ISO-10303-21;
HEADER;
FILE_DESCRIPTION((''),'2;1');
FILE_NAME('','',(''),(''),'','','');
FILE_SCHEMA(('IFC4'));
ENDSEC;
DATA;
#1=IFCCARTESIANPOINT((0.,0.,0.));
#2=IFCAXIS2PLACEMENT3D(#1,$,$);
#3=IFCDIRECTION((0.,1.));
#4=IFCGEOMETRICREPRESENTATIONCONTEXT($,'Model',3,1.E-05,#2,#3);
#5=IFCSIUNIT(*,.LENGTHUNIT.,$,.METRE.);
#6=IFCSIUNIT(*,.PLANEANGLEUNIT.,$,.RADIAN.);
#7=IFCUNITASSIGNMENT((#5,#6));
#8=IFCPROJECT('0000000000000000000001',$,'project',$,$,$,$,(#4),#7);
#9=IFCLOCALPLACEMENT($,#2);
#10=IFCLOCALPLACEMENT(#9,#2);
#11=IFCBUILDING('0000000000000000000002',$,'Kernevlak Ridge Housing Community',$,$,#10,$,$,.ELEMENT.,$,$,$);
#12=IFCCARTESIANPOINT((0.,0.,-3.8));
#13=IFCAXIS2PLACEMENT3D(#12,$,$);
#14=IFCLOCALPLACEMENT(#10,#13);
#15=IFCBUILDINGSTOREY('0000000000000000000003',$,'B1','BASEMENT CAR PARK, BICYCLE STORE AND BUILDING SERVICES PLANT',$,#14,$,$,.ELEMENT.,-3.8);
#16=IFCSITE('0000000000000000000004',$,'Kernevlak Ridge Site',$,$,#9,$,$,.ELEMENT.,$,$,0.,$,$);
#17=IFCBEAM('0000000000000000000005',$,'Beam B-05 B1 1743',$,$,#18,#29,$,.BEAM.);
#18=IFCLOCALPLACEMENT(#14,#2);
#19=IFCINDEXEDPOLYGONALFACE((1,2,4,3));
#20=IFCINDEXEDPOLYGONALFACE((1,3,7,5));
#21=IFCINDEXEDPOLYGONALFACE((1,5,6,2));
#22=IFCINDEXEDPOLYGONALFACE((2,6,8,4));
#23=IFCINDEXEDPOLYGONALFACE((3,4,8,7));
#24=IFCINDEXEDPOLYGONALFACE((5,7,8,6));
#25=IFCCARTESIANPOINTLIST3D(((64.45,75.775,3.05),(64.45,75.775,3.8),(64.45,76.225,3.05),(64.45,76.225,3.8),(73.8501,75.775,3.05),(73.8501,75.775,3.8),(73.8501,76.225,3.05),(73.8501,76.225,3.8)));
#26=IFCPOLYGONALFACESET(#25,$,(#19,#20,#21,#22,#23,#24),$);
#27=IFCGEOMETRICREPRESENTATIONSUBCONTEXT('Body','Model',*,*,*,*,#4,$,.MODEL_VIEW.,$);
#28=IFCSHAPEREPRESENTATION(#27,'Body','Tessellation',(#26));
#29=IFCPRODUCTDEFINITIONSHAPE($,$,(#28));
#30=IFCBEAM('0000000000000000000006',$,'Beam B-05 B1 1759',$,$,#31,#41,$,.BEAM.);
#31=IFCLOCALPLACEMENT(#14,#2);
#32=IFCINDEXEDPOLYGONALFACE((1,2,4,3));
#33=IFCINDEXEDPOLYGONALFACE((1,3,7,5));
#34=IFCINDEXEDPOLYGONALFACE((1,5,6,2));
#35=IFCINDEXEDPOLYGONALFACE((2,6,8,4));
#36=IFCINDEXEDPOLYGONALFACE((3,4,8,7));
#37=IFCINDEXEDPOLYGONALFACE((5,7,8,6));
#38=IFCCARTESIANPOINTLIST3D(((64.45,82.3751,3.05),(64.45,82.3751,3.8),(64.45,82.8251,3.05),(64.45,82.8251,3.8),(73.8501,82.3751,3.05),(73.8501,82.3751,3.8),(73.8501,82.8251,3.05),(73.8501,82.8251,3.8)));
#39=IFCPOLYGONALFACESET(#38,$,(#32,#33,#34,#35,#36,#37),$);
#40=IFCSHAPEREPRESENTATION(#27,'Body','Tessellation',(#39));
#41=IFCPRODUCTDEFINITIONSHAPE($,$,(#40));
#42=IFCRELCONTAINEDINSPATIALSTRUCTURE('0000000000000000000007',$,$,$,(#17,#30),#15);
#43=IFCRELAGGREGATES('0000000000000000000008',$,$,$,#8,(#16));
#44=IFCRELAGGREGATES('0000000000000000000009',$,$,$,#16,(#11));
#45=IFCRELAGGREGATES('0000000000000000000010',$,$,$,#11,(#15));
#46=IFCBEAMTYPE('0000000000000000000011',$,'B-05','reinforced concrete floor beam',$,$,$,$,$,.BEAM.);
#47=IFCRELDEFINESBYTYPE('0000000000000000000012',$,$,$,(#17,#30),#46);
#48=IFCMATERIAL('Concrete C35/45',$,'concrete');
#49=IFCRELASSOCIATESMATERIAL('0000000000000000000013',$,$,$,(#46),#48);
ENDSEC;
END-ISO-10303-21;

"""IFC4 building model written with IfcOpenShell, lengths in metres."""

from ifc_helpers import new_model, si_unit, direction, frame, origin, origin_2d, place, context, subcontext, project, spatial, rectangle, extrude, material, material_profile, profile_set, type_object, element, save


model = new_model("IFC4")

# Units and contexts
model_context = context("Model", 3, precision=1e-05, world=origin(), true_north=direction((0.0, 1.0)))
body_context = subcontext(model_context, "Body", "Model", "MODEL_VIEW")
ifc_project = project(units=[si_unit("LENGTHUNIT", "METRE"), si_unit("PLANEANGLEUNIT", "RADIAN")], contexts=[model_context])

# Site, building, storey
site_placement = place(None, origin())
site = spatial("IfcSite", under=ifc_project, at=site_placement, Name="Kernevlak Ridge Site", CompositionType="ELEMENT", RefElevation=0.0)
building_placement = place(site_placement, origin())
building = spatial("IfcBuilding", under=site, at=building_placement, Name="Kernevlak Ridge Housing Community", CompositionType="ELEMENT")
storey_placement = place(building_placement, frame((0.0, 0.0, -3.8)))
storey = spatial("IfcBuildingStorey", under=building, at=storey_placement, Name="B1", Description="BASEMENT CAR PARK, BICYCLE STORE AND BUILDING SERVICES PLANT", CompositionType="ELEMENT", Elevation=-3.8)

# Shared definitions
ifc_material_1 = material(Name="Concrete C35/45", Category="concrete")

# Beams
ifc_material_profile_1 = material_profile(ifc_material_1, rectangle(XDim=0.45, YDim=0.75, at=origin_2d()), Name="RC 450x750")
ifc_profile_set_1 = profile_set([ifc_material_profile_1], Name="Concrete C35/45")
beam_type_1 = type_object("IfcBeamType", Name="B-05", Description="reinforced concrete floor beam", PredefinedType="BEAM", material=ifc_profile_set_1)
for number, where, z_axis, x_axis, name in (
    (1, (64.45, 76.0, 3.425), (1.0, 0.0, 0.0), (0.0, 1.0, 0.0), "Beam B-05 B1 1743"),
    (2, (64.45, 82.6001, 3.425), (1.0, 0.0, 0.0), (0.0, 1.0, 0.0), "Beam B-05 B1 1759"),
):
    element("IfcBeam", number, at=place(storey_placement, frame(where, z_axis=z_axis, x_axis=x_axis)), inside=storey, type_object=beam_type_1, Name=name, PredefinedType="BEAM", context=body_context, shape_type="SweptSolid", body=[
        extrude(rectangle(XDim=0.45, YDim=0.75, at=origin_2d()), origin(), (0.0, 0.0, 1.0), 9.4001),
    ])

save(model, "model.ifc")
